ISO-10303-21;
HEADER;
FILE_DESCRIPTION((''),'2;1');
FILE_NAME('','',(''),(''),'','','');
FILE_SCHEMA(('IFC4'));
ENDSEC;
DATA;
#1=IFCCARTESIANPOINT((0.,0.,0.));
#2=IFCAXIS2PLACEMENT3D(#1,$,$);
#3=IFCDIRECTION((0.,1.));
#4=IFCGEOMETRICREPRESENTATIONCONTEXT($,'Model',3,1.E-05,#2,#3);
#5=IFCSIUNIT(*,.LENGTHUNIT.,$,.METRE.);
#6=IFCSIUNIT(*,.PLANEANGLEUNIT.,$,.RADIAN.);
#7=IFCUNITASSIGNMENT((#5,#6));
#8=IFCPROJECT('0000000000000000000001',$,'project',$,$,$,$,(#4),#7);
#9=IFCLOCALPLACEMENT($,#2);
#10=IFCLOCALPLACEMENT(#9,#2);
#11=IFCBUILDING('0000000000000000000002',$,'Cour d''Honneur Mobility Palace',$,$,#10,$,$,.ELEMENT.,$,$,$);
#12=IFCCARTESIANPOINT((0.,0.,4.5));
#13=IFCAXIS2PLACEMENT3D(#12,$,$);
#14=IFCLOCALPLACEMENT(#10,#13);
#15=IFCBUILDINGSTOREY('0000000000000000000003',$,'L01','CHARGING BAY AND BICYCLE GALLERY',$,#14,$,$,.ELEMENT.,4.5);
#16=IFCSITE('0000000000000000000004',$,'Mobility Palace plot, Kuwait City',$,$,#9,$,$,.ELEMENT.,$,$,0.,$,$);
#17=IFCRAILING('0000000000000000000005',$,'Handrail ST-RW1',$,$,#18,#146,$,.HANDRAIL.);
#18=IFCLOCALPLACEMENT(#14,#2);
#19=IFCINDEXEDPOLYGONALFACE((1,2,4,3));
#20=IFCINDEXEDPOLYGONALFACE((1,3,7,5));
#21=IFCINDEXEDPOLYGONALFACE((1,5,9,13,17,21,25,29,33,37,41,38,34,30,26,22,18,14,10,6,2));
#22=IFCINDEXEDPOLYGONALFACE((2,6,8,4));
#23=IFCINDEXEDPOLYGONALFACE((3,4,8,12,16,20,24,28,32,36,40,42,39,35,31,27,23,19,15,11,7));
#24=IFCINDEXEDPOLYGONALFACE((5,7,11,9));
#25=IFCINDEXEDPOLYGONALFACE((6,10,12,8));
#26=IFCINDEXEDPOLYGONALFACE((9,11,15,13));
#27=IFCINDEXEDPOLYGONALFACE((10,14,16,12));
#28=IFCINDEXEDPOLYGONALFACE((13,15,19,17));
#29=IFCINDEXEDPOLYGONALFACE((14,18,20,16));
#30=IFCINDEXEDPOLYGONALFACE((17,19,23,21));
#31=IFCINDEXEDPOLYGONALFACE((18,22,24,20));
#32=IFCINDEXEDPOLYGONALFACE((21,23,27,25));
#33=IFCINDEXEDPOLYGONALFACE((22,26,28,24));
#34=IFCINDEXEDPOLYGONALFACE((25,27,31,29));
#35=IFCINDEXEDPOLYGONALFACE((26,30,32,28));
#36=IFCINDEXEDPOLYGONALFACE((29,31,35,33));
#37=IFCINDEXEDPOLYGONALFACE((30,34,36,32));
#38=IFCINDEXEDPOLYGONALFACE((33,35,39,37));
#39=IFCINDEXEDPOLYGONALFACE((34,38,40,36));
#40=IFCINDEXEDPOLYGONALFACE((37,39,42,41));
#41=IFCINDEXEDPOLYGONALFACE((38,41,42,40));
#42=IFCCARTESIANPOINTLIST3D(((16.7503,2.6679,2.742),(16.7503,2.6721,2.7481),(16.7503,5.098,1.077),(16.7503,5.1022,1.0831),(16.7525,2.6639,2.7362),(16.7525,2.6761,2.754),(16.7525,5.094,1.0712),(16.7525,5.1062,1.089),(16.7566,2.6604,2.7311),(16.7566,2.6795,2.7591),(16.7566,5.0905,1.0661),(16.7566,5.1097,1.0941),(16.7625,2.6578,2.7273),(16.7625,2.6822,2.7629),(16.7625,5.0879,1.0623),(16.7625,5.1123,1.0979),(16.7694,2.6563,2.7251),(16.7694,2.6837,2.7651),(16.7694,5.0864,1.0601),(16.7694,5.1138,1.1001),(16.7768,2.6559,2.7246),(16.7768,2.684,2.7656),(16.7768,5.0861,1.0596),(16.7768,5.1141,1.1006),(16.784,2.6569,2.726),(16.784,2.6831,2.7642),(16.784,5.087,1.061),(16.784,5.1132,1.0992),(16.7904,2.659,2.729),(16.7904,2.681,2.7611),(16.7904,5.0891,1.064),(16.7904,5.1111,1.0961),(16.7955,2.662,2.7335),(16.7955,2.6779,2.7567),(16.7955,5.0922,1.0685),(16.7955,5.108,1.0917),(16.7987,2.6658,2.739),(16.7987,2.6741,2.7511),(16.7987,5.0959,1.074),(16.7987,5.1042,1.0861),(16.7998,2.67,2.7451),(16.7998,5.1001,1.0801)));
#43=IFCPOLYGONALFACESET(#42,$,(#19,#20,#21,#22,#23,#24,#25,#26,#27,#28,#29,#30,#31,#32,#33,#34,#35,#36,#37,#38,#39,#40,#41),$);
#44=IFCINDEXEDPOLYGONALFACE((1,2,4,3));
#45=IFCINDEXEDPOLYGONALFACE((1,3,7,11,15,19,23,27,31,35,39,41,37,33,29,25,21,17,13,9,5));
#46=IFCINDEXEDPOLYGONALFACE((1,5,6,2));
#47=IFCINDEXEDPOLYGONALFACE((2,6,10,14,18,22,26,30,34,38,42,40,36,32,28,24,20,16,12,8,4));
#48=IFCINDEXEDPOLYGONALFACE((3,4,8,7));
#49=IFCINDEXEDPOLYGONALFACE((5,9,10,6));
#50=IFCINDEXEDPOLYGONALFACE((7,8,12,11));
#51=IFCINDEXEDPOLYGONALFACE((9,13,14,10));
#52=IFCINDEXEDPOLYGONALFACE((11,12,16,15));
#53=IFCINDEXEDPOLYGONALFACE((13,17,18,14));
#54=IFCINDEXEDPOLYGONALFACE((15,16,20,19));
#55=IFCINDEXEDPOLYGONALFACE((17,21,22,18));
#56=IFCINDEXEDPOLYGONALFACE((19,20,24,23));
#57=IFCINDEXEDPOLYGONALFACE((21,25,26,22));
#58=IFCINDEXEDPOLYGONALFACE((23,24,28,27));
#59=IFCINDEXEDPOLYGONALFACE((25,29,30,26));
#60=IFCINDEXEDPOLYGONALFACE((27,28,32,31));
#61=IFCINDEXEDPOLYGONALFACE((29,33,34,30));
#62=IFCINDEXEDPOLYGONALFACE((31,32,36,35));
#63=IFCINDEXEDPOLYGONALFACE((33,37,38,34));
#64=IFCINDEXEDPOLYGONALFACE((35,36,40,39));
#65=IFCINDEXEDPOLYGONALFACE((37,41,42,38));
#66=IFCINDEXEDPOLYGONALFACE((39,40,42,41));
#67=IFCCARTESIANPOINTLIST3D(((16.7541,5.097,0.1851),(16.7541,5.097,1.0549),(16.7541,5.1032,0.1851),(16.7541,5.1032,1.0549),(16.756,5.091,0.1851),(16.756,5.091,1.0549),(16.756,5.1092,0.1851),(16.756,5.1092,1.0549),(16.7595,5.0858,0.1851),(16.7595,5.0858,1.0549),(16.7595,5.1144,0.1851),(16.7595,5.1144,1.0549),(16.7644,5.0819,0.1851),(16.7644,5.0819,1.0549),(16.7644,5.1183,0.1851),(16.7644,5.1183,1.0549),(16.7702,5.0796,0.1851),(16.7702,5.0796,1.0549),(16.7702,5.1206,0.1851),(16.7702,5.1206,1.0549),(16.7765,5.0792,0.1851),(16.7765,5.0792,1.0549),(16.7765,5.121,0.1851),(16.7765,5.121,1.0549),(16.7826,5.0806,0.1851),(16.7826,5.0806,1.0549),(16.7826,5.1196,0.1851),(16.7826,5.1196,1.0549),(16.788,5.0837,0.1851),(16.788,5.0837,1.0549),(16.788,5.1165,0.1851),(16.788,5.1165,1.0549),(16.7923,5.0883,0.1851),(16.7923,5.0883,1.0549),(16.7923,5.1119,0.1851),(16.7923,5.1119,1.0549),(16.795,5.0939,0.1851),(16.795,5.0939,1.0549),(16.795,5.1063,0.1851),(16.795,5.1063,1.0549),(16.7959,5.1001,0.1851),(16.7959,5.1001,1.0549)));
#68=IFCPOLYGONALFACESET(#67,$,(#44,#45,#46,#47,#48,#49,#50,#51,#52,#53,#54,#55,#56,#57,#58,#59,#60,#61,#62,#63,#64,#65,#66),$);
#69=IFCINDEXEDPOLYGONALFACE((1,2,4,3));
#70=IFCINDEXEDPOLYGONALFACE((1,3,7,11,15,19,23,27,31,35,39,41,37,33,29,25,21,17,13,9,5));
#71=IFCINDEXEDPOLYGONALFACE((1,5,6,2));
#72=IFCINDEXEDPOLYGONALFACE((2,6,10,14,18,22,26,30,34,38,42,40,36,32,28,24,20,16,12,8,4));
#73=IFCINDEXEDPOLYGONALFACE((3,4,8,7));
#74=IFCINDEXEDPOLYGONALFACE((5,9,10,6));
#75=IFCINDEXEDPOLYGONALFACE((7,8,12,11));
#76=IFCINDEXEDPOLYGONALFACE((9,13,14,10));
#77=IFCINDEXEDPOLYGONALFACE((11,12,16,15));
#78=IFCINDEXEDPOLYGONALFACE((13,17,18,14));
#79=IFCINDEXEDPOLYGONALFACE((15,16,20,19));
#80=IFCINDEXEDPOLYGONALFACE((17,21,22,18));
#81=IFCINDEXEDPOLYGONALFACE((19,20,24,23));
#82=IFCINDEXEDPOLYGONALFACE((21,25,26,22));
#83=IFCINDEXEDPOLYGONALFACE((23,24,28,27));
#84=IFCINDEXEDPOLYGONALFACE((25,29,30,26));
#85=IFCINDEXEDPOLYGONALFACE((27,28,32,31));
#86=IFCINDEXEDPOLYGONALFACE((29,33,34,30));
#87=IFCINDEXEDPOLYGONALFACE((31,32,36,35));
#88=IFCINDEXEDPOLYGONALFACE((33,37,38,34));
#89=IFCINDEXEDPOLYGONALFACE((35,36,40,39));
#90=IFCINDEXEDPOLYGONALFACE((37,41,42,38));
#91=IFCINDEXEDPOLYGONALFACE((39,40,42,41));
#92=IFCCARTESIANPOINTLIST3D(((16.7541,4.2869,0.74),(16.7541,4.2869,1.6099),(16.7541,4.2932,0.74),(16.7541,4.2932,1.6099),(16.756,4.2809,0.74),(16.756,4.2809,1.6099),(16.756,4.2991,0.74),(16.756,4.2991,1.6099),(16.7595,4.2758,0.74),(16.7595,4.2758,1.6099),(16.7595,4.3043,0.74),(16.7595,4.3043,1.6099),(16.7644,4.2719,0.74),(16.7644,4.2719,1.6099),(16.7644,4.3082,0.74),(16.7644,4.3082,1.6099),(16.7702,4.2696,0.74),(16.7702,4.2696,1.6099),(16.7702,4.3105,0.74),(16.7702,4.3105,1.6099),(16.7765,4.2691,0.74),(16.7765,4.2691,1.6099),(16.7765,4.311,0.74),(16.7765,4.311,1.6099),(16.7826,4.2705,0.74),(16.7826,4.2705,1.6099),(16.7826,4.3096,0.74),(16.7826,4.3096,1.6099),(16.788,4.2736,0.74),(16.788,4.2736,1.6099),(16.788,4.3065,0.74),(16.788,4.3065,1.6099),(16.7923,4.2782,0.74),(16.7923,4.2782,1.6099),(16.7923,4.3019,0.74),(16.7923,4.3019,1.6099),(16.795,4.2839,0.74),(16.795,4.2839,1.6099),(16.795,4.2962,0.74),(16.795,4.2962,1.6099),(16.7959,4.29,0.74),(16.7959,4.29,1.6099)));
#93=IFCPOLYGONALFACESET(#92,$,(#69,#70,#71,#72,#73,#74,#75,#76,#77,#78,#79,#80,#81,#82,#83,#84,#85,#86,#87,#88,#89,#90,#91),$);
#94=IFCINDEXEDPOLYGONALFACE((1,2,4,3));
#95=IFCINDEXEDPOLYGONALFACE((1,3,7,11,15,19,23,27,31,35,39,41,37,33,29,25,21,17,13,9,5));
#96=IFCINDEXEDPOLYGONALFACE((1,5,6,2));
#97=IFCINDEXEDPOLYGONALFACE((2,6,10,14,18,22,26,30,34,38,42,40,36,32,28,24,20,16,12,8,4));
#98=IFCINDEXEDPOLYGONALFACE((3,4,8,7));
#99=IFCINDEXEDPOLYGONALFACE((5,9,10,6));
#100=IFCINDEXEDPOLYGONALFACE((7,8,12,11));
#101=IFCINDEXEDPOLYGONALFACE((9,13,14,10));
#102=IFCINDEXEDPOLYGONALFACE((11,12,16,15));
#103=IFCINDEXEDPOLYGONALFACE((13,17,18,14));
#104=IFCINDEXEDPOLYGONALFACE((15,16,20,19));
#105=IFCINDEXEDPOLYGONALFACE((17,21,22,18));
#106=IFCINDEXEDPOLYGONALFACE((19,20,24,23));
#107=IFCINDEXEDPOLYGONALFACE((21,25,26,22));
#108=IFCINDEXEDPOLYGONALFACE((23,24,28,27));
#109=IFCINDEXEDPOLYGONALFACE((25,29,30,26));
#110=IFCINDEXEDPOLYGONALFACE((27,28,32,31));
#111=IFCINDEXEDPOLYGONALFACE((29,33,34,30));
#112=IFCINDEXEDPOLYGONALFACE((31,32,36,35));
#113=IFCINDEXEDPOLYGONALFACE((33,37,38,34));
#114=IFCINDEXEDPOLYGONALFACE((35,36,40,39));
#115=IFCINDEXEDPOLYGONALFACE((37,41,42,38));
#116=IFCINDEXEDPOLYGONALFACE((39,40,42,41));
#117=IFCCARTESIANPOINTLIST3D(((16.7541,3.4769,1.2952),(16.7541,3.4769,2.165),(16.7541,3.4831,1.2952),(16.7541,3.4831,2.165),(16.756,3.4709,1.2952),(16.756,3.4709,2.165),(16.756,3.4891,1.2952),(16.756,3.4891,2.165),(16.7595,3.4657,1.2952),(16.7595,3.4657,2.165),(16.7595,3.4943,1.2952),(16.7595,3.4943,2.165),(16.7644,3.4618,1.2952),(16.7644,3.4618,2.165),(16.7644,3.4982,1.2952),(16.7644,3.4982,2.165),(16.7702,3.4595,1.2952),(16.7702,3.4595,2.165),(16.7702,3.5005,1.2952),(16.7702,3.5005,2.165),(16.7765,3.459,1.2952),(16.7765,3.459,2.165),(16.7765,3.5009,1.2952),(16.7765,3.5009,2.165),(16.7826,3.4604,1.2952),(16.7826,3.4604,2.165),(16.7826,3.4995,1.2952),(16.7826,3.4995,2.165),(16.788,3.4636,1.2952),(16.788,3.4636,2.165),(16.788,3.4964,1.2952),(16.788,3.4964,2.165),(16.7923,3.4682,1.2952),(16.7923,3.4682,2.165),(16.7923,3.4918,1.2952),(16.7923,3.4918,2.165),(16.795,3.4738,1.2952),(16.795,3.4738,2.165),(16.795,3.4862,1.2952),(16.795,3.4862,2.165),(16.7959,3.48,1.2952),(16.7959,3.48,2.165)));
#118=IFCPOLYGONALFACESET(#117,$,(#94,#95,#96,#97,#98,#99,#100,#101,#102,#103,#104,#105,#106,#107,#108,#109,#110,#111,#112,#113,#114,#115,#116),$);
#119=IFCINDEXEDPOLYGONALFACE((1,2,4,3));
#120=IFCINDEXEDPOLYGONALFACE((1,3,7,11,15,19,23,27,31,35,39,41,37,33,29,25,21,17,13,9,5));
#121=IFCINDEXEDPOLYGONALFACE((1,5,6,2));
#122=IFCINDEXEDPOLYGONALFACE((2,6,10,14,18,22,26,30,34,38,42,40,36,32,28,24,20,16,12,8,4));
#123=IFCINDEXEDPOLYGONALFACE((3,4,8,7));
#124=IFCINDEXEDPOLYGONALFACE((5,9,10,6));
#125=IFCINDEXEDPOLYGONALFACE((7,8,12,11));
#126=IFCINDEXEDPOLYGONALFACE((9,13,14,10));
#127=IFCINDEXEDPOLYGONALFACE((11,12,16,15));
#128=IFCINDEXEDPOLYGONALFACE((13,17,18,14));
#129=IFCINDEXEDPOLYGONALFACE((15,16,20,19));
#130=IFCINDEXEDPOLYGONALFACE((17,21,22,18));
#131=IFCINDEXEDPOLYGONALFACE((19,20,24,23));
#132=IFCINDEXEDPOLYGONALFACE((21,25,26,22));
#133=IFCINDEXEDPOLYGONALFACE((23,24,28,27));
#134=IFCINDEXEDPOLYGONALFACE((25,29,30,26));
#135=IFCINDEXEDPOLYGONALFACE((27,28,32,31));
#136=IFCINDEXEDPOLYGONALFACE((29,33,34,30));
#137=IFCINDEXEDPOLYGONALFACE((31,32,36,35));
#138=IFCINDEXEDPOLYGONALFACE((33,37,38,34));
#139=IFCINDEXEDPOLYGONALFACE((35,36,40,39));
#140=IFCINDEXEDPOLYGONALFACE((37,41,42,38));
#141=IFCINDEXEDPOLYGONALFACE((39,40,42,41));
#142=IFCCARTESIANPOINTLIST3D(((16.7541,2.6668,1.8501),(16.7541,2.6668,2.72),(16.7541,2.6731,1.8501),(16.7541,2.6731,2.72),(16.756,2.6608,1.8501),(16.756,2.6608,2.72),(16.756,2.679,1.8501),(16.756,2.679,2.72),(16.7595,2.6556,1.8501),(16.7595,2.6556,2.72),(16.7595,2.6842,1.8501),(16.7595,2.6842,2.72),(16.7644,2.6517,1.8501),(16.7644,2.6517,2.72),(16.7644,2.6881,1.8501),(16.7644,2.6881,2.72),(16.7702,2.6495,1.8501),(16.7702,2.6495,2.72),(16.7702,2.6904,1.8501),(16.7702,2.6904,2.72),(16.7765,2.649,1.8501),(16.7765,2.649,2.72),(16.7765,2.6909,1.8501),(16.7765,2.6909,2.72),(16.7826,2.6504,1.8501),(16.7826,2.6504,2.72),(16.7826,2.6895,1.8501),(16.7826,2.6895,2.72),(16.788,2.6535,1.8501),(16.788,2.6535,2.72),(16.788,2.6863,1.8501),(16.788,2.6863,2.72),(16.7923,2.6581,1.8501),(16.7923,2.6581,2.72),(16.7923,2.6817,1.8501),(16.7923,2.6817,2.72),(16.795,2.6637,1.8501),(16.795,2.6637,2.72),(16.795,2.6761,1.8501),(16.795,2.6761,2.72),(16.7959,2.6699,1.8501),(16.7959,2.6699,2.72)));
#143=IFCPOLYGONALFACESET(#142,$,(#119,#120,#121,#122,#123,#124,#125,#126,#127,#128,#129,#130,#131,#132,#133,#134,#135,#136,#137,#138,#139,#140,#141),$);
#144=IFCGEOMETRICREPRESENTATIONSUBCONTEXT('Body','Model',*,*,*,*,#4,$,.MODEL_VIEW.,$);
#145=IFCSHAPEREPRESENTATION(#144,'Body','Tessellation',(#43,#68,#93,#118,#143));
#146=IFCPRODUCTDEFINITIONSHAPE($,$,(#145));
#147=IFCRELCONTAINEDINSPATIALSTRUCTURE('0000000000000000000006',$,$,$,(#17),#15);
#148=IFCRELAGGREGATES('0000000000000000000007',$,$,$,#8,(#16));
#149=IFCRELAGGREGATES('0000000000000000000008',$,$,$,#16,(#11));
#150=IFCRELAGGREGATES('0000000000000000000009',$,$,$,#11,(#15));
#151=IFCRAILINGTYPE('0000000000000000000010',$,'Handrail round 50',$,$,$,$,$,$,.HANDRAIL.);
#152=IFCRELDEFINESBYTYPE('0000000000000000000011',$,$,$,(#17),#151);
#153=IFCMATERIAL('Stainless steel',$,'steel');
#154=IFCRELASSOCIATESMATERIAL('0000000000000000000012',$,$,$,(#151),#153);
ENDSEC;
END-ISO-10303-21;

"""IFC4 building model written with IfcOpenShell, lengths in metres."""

from ifc_helpers import new_model, si_unit, direction, frame, origin, origin_2d, place, context, subcontext, project, spatial, circle, extrude, material, type_object, element, save


model = new_model("IFC4")

# Units and contexts
model_context = context("Model", 3, precision=1e-05, world=origin(), true_north=direction((0.0, 1.0)))
body_context = subcontext(model_context, "Body", "Model", "MODEL_VIEW")
ifc_project = project(units=[si_unit("LENGTHUNIT", "METRE"), si_unit("PLANEANGLEUNIT", "RADIAN")], contexts=[model_context])

# Site, building, storey
site_placement = place(None, origin())
site = spatial("IfcSite", under=ifc_project, at=site_placement, Name="Mobility Palace plot, Kuwait City", CompositionType="ELEMENT", RefElevation=0.0)
building_placement = place(site_placement, origin())
building = spatial("IfcBuilding", under=site, at=building_placement, Name="Cour d'Honneur Mobility Palace", CompositionType="ELEMENT")
storey_placement = place(building_placement, frame((0.0, 0.0, 4.5)))
storey = spatial("IfcBuildingStorey", under=building, at=storey_placement, Name="L01", Description="CHARGING BAY AND BICYCLE GALLERY", CompositionType="ELEMENT", Elevation=4.5)

# Railing
ifc_material_1 = material(Name="Stainless steel", Category="steel")
railing_type_1 = type_object("IfcRailingType", Name="Handrail round 50", PredefinedType="HANDRAIL", material=ifc_material_1)
for number, where, name in (
    (1, (16.7749, 5.1001, 0.1851), "Handrail ST-RW1"),
):
    element("IfcRailing", number, at=place(storey_placement, frame(where)), inside=storey, type_object=railing_type_1, Name=name, PredefinedType="HANDRAIL", context=body_context, shape_type="SweptSolid", body=[
        extrude(circle(Radius=0.0249, at=origin_2d()), frame((0.0, 0.0, 0.895), z_axis=(0.0, -0.824945, 0.565213), x_axis=(1.0, 0.0, 0.0)), (0.0, 0.0, 1.0), 2.9458),
        extrude(circle(Radius=0.021, at=origin_2d()), origin(), (0.0, 0.0, 1.0), 0.8699),
        extrude(circle(Radius=0.021, at=origin_2d()), frame((0.0, -0.8101, 0.5549)), (0.0, 0.0, 1.0), 0.8699),
        extrude(circle(Radius=0.021, at=origin_2d()), frame((0.0, -1.6201, 1.1101)), (0.0, 0.0, 1.0), 0.8699),
        extrude(circle(Radius=0.021, at=origin_2d()), frame((0.0, -2.4302, 1.665)), (0.0, 0.0, 1.0), 0.8699),
    ])

save(model, "model.ifc")
